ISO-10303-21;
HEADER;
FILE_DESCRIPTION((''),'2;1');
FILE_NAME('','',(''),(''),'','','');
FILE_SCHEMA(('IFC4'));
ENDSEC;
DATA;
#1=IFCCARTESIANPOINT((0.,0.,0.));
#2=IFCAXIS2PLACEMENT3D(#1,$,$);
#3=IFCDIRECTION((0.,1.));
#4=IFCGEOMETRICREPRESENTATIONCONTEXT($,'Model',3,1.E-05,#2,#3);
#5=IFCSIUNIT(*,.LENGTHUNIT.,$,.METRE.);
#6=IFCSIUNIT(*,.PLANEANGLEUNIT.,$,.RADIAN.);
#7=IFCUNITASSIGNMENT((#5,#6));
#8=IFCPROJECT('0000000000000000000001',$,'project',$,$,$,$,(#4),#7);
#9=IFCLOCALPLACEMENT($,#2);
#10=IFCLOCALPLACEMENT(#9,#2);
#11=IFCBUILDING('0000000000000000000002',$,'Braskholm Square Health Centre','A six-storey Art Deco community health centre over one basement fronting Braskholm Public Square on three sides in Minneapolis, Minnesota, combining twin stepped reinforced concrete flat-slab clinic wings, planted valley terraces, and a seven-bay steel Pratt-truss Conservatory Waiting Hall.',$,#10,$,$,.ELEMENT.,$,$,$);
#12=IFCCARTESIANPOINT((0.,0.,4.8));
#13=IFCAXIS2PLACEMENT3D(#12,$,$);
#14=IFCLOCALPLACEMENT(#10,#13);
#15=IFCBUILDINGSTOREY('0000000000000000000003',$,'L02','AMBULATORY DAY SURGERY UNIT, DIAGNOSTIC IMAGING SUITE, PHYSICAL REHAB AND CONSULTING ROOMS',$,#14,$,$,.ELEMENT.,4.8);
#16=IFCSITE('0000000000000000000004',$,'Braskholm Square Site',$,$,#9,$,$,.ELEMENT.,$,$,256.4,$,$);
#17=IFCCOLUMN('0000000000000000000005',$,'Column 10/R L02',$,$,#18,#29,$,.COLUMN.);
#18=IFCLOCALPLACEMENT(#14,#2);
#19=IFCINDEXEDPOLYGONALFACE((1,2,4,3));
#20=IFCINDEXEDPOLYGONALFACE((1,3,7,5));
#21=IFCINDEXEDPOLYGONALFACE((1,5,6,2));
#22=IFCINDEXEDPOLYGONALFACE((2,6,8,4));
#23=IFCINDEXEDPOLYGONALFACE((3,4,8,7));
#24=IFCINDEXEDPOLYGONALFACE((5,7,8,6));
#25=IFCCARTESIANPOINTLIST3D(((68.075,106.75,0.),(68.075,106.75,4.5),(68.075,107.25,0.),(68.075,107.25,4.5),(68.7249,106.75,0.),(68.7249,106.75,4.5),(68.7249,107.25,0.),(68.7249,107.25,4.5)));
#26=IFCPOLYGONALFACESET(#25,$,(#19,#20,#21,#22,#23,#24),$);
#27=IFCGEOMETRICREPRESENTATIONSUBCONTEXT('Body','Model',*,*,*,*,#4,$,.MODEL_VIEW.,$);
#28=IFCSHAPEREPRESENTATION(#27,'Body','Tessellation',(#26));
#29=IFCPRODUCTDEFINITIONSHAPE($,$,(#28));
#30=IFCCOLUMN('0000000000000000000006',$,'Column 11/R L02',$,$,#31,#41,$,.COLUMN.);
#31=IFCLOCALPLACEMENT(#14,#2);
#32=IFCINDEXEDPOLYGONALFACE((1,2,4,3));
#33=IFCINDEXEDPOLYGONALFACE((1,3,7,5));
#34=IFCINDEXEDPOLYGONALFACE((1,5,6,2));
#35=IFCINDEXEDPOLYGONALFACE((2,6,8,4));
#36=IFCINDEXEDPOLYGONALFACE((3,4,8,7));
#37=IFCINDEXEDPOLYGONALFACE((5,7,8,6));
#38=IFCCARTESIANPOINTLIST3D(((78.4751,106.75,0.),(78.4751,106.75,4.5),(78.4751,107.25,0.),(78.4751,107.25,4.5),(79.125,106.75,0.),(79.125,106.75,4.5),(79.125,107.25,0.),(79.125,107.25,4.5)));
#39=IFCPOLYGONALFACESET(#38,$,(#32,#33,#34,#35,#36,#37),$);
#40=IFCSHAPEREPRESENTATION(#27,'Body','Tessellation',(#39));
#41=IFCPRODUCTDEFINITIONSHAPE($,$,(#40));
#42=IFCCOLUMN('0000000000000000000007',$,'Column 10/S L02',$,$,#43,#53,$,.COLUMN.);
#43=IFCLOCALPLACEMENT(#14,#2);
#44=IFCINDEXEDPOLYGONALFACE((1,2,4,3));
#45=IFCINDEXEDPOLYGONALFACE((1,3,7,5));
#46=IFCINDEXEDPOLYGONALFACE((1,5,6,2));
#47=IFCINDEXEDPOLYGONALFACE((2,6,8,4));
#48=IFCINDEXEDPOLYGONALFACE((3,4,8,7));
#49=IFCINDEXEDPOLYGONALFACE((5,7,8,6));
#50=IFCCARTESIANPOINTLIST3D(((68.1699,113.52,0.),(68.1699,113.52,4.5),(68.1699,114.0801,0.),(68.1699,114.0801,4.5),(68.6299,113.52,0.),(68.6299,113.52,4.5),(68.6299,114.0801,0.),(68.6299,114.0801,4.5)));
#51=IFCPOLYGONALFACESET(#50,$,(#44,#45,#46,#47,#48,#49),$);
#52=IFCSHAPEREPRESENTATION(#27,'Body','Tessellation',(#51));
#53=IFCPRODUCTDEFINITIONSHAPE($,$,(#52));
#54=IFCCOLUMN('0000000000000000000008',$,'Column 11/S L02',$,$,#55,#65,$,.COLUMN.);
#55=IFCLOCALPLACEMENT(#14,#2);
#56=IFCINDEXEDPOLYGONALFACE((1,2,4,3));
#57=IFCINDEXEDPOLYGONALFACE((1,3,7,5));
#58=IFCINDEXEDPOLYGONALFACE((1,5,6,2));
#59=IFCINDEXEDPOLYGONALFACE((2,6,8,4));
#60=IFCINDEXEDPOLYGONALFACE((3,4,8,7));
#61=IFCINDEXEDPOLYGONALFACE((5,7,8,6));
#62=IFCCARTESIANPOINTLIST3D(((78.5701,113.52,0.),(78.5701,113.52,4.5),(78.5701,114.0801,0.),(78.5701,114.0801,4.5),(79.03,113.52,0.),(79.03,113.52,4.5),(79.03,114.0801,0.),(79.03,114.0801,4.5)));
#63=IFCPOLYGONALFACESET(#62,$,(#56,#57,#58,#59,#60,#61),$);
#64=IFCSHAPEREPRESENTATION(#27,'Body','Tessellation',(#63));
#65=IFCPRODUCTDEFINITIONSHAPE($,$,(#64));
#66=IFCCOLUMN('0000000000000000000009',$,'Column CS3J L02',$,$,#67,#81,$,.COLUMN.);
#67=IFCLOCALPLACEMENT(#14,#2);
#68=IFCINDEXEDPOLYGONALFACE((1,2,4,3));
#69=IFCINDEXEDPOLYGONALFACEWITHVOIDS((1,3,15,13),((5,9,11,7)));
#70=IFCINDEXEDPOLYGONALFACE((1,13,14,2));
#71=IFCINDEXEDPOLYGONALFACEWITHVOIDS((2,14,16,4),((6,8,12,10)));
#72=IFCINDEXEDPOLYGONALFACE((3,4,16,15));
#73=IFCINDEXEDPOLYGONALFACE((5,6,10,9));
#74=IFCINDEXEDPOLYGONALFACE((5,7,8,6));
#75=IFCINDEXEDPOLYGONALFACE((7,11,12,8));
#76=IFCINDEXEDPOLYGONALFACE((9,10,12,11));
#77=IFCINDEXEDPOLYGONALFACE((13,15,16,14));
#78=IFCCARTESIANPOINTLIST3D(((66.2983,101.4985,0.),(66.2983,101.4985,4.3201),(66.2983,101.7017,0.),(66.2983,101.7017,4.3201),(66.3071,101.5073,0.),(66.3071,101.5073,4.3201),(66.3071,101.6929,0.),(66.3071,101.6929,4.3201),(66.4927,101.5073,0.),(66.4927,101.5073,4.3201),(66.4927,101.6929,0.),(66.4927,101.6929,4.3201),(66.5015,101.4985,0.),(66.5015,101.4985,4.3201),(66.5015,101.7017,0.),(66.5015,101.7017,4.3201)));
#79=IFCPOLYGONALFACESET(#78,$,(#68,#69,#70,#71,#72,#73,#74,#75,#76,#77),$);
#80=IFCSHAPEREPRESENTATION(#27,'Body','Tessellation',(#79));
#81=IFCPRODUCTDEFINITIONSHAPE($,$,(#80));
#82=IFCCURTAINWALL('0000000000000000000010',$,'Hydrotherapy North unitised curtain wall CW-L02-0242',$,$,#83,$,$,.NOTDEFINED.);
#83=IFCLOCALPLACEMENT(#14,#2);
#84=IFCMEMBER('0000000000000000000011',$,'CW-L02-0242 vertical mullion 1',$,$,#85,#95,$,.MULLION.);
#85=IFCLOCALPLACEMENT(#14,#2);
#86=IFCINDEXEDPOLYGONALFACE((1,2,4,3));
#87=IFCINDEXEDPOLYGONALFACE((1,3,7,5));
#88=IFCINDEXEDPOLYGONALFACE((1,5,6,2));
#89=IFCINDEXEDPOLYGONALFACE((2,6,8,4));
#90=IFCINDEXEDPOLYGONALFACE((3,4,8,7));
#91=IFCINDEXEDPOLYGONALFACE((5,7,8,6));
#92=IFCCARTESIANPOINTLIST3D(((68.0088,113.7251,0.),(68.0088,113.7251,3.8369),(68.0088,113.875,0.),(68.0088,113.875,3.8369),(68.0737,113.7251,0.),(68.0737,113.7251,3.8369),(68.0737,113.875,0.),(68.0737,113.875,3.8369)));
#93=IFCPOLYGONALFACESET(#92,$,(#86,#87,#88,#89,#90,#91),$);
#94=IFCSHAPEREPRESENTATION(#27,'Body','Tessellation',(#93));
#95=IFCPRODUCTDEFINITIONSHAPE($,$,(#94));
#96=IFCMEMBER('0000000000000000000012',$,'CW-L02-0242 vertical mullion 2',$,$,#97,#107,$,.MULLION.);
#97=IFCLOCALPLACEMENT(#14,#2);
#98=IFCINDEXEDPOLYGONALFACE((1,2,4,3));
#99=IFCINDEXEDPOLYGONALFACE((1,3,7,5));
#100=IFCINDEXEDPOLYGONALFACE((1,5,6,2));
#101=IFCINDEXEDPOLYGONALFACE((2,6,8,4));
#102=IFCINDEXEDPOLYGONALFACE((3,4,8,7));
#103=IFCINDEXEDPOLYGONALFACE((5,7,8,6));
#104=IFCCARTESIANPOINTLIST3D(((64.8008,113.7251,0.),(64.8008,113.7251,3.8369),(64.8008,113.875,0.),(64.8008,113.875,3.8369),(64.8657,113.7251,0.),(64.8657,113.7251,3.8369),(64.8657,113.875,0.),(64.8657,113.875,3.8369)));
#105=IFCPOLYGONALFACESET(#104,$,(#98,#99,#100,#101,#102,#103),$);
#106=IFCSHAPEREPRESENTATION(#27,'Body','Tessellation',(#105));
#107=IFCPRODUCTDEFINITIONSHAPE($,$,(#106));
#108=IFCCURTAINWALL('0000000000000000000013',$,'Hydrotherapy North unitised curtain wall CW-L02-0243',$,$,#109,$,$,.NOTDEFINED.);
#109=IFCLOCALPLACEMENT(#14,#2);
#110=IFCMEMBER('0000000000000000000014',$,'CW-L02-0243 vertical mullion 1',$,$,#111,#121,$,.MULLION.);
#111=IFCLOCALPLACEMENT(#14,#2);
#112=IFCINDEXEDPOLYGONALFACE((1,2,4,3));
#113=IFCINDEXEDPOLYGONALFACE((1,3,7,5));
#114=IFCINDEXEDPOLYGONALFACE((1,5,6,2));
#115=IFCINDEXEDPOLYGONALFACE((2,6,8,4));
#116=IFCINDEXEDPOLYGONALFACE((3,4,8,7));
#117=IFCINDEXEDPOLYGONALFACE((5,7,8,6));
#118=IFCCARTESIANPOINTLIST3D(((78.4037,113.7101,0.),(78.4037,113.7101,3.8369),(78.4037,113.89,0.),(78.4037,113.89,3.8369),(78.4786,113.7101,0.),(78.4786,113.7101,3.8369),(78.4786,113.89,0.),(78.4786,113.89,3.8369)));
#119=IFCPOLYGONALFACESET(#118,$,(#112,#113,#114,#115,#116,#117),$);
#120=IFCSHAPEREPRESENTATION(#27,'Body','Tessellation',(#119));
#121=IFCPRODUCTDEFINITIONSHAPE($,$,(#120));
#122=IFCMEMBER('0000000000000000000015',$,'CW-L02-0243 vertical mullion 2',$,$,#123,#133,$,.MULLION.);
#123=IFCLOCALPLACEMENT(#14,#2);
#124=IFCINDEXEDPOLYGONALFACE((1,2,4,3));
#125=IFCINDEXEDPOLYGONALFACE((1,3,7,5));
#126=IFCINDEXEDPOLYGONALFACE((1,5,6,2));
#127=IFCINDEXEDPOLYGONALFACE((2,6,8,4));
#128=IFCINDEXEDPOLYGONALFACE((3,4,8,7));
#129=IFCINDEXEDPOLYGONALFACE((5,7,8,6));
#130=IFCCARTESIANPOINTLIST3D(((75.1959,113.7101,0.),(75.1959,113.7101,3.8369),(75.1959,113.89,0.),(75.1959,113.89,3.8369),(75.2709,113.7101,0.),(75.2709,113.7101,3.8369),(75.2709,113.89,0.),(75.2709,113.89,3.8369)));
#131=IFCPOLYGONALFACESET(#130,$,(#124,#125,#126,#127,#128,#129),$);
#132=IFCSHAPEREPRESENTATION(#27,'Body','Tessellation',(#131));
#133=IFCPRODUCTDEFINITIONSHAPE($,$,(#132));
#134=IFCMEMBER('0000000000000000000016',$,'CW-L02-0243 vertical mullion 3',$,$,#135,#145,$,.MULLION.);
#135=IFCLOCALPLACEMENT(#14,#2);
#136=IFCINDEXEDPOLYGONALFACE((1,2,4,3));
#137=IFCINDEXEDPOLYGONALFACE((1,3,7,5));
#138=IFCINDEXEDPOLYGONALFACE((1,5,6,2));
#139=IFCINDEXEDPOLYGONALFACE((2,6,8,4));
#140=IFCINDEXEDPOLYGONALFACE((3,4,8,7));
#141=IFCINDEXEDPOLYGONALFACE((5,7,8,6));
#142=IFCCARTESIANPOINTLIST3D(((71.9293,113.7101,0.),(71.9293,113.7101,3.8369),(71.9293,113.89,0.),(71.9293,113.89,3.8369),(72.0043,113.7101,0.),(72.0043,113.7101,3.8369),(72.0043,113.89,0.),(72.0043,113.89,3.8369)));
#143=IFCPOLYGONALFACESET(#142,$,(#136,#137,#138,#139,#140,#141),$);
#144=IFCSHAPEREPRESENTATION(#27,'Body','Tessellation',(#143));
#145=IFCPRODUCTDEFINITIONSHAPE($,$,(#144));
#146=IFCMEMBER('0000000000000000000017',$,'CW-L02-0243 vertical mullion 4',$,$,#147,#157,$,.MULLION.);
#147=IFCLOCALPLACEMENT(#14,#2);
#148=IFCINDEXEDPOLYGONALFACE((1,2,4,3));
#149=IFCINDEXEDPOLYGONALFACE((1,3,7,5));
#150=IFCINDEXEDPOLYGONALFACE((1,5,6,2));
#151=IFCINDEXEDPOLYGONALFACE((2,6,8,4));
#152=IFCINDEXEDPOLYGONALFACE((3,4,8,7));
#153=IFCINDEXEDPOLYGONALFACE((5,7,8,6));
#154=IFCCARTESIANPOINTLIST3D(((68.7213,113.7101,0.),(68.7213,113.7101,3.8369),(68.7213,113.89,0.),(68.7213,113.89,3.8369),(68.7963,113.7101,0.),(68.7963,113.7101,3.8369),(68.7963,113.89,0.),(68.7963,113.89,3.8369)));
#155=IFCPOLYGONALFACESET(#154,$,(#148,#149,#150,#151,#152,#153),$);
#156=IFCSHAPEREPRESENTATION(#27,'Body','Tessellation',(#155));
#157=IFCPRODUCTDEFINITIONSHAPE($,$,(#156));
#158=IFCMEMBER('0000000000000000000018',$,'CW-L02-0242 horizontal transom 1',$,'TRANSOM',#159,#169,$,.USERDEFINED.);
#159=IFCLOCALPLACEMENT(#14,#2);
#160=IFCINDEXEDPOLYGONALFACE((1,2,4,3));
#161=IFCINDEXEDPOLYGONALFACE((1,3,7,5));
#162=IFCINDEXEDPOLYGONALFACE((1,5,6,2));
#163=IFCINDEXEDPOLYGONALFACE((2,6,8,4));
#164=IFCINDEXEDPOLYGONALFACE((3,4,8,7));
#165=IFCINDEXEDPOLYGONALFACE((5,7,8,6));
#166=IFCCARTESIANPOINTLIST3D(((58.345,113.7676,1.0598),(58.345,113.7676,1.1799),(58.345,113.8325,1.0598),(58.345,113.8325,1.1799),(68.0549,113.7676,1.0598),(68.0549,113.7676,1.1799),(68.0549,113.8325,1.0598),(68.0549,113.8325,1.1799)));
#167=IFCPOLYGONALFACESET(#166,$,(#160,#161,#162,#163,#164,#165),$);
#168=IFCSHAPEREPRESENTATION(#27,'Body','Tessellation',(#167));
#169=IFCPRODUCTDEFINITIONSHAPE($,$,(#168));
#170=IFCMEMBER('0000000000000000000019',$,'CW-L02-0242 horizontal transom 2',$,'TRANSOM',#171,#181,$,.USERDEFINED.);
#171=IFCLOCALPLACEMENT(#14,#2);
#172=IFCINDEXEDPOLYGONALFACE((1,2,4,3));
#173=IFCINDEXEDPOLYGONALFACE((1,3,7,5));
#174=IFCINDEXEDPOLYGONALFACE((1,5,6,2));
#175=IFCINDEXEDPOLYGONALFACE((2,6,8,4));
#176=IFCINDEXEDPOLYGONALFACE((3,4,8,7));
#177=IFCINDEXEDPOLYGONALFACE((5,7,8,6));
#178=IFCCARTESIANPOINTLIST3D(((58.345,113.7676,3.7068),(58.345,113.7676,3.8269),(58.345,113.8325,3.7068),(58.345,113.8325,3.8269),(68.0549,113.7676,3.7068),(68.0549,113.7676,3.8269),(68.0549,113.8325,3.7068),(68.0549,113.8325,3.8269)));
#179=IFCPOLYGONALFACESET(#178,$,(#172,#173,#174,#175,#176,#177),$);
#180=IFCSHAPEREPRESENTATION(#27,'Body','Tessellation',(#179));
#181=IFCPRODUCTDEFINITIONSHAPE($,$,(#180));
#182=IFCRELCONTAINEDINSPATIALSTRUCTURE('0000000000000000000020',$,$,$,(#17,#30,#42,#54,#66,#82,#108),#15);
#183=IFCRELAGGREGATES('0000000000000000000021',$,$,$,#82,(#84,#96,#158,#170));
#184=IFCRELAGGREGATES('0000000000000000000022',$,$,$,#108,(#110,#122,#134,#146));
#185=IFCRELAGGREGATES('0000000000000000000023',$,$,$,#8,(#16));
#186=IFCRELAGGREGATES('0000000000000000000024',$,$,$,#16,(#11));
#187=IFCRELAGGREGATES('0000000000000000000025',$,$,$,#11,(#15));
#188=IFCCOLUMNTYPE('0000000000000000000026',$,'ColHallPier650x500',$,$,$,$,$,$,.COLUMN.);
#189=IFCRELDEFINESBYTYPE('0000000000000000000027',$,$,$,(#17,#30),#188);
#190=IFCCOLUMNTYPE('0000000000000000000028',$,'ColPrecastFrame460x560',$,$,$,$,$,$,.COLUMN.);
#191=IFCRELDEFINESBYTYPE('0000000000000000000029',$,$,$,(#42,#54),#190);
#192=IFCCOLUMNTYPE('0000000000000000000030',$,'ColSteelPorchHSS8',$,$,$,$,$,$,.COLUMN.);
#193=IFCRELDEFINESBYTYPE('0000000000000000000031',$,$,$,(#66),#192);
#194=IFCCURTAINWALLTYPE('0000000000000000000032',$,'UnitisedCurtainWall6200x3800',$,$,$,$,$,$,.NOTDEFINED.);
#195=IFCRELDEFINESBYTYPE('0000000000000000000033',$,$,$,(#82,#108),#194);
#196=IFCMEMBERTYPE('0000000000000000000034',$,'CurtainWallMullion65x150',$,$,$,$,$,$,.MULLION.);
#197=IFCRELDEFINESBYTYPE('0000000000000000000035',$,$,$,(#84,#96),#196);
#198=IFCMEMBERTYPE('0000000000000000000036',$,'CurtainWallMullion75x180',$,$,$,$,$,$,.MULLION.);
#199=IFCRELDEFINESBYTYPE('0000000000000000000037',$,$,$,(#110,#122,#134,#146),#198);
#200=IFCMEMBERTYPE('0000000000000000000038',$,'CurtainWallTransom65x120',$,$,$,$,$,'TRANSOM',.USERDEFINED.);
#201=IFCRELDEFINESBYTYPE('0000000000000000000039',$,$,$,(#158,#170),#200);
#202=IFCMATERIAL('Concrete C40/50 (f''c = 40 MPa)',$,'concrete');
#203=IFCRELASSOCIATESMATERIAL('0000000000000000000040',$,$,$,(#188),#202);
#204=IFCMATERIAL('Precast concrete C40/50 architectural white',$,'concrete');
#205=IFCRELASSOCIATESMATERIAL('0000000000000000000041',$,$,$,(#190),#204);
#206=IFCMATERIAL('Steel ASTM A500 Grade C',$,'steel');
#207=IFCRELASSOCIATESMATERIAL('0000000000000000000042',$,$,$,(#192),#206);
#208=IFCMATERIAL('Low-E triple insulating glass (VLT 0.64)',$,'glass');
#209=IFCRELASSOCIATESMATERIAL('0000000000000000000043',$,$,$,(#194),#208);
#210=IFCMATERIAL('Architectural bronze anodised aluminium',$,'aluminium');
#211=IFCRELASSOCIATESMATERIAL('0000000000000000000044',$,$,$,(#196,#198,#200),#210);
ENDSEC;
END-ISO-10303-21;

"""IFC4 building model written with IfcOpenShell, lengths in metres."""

from ifc_helpers import new_model, si_unit, direction, frame, origin, origin_2d, place, context, subcontext, project, spatial, rectangle, hollow_rectangle, extrude, material, material_profile, profile_set, type_object, element, aggregate, save


model = new_model("IFC4")

# Units and contexts
model_context = context("Model", 3, precision=1e-05, world=origin(), true_north=direction((0.0, 1.0)))
body_context = subcontext(model_context, "Body", "Model", "MODEL_VIEW")
ifc_project = project(units=[si_unit("LENGTHUNIT", "METRE"), si_unit("PLANEANGLEUNIT", "RADIAN")], contexts=[model_context])

# Site, building, storey
site_placement = place(None, origin())
site = spatial("IfcSite", under=ifc_project, at=site_placement, Name="Braskholm Square Site", CompositionType="ELEMENT", RefElevation=256.4)
building_placement = place(site_placement, origin())
building = spatial("IfcBuilding", under=site, at=building_placement, Name="Braskholm Square Health Centre", Description="A six-storey Art Deco community health centre over one basement fronting Braskholm Public Square on three sides in Minneapolis, Minnesota, combining twin stepped reinforced concrete flat-slab clinic wings, planted valley terraces, and a seven-bay steel Pratt-truss Conservatory Waiting Hall.", CompositionType="ELEMENT")
storey_placement = place(building_placement, frame((0.0, 0.0, 4.8)))
storey = spatial("IfcBuildingStorey", under=building, at=storey_placement, Name="L02", Description="AMBULATORY DAY SURGERY UNIT, DIAGNOSTIC IMAGING SUITE, PHYSICAL REHAB AND CONSULTING ROOMS", CompositionType="ELEMENT", Elevation=4.8)

# Columns
ifc_material_1 = material(Name="Concrete C40/50 (f'c = 40 MPa)", Category="concrete")
ifc_material_profile_1 = material_profile(ifc_material_1, rectangle(XDim=0.6499, YDim=0.5, at=origin_2d()), Name="RC-650X500")
ifc_profile_set_1 = profile_set([ifc_material_profile_1], Name="Concrete C40/50 (f'c = 40 MPa)")
column_type_1 = type_object("IfcColumnType", Name="ColHallPier650x500", PredefinedType="COLUMN", material=ifc_profile_set_1)
for number, where, z_axis, x_axis, name in (
    (1, (68.3999, 107.0, 0.0), (0.0, 0.0, 1.0), (1.0, 0.0, 0.0), "Column 10/R L02"),
    (2, (78.8, 107.0, 0.0), (0.0, 0.0, 1.0), (1.0, 0.0, 0.0), "Column 11/R L02"),
):
    element("IfcColumn", number, at=place(storey_placement, frame(where, z_axis=z_axis, x_axis=x_axis)), inside=storey, type_object=column_type_1, Name=name, PredefinedType="COLUMN", context=body_context, shape_type="SweptSolid", body=[
        extrude(rectangle(XDim=0.6499, YDim=0.5, at=origin_2d()), origin(), (0.0, 0.0, 1.0), 4.5),
    ])
ifc_material_2 = material(Name="Precast concrete C40/50 architectural white", Category="concrete")
ifc_material_profile_2 = material_profile(ifc_material_2, rectangle(XDim=0.46, YDim=0.5601, at=origin_2d()), Name="RC-460X560")
ifc_profile_set_2 = profile_set([ifc_material_profile_2], Name="Precast concrete C40/50 architectural white")
column_type_2 = type_object("IfcColumnType", Name="ColPrecastFrame460x560", PredefinedType="COLUMN", material=ifc_profile_set_2)
for number, where, z_axis, x_axis, name in (
    (3, (68.3999, 113.8, 0.0), (0.0, 0.0, 1.0), (1.0, 0.0, 0.0), "Column 10/S L02"),
    (4, (78.8, 113.8, 0.0), (0.0, 0.0, 1.0), (1.0, 0.0, 0.0), "Column 11/S L02"),
):
    element("IfcColumn", number, at=place(storey_placement, frame(where, z_axis=z_axis, x_axis=x_axis)), inside=storey, type_object=column_type_2, Name=name, PredefinedType="COLUMN", context=body_context, shape_type="SweptSolid", body=[
        extrude(rectangle(XDim=0.46, YDim=0.5601, at=origin_2d()), origin(), (0.0, 0.0, 1.0), 4.5),
    ])
ifc_material_3 = material(Name="Steel ASTM A500 Grade C", Category="steel")
ifc_material_profile_3 = material_profile(ifc_material_3, hollow_rectangle(XDim=0.2031, YDim=0.2031, WallThickness=0.0088, at=origin_2d()), Name="HSS8X8X3/8")
ifc_profile_set_3 = profile_set([ifc_material_profile_3], Name="Steel ASTM A500 Grade C")
column_type_3 = type_object("IfcColumnType", Name="ColSteelPorchHSS8", PredefinedType="COLUMN", material=ifc_profile_set_3)
column_placement = place(storey_placement, frame((66.3999, 101.6001, 0.0), z_axis=(0.0, 0.0, 1.0), x_axis=(1.0, 0.0, 0.0)))
element("IfcColumn", 5, at=column_placement, inside=storey, type_object=column_type_3, Name="Column CS3J L02", PredefinedType="COLUMN", context=body_context, shape_type="SweptSolid", body=[
    extrude(hollow_rectangle(XDim=0.2031, YDim=0.2031, WallThickness=0.0088, at=origin_2d()), origin(), (0.0, 0.0, 1.0), 4.3201),
])

# Curtain walls, members
ifc_material_4 = material(Name="Low-E triple insulating glass (VLT 0.64)", Category="glass")
curtain_wall_type = type_object("IfcCurtainWallType", Name="UnitisedCurtainWall6200x3800", PredefinedType="NOTDEFINED", material=ifc_material_4)
curtain_wall_1_placement = place(storey_placement, origin())
curtain_wall_1 = element("IfcCurtainWall", 6, at=curtain_wall_1_placement, inside=storey, type_object=curtain_wall_type, Name="Hydrotherapy North unitised curtain wall CW-L02-0242", PredefinedType="NOTDEFINED")
ifc_material_5 = material(Name="Architectural bronze anodised aluminium", Category="aluminium")
ifc_material_profile_4 = material_profile(ifc_material_5, rectangle(XDim=0.0649, YDim=0.1499, at=origin_2d()), Name="ALU-65X150")
ifc_profile_set_4 = profile_set([ifc_material_profile_4], Name="Architectural bronze anodised aluminium")
member_type_1 = type_object("IfcMemberType", Name="CurtainWallMullion65x150", PredefinedType="MULLION", material=ifc_profile_set_4)
member_1_placement = place(storey_placement, frame((68.0413, 113.8, 0.0), z_axis=(0.0, 0.0, 1.0), x_axis=(1.0, 0.0, 0.0)))
member_1 = element("IfcMember", 7, at=member_1_placement, type_object=member_type_1, Name="CW-L02-0242 vertical mullion 1", PredefinedType="MULLION", context=body_context, shape_type="SweptSolid", body=[
    extrude(rectangle(XDim=0.0649, YDim=0.1499, at=origin_2d()), origin(), (0.0, 0.0, 1.0), 3.8369),
])
member_2_placement = place(storey_placement, frame((64.8333, 113.8, 0.0), z_axis=(0.0, 0.0, 1.0), x_axis=(1.0, 0.0, 0.0)))
member_2 = element("IfcMember", 8, at=member_2_placement, type_object=member_type_1, Name="CW-L02-0242 vertical mullion 2", PredefinedType="MULLION", context=body_context, shape_type="SweptSolid", body=[
    extrude(rectangle(XDim=0.0649, YDim=0.1499, at=origin_2d()), origin(), (0.0, 0.0, 1.0), 3.8369),
])
curtain_wall_2_placement = place(storey_placement, origin())
curtain_wall_2 = element("IfcCurtainWall", 9, at=curtain_wall_2_placement, inside=storey, type_object=curtain_wall_type, Name="Hydrotherapy North unitised curtain wall CW-L02-0243", PredefinedType="NOTDEFINED")
ifc_material_profile_5 = material_profile(ifc_material_5, rectangle(XDim=0.075, YDim=0.1799, at=origin_2d()), Name="ALU-75X180")
ifc_profile_set_5 = profile_set([ifc_material_profile_5], Name="Architectural bronze anodised aluminium")
member_type_2 = type_object("IfcMemberType", Name="CurtainWallMullion75x180", PredefinedType="MULLION", material=ifc_profile_set_5)
member_3_placement = place(storey_placement, frame((78.4412, 113.8, 0.0), z_axis=(0.0, 0.0, 1.0), x_axis=(1.0, 0.0, 0.0)))
member_3 = element("IfcMember", 10, at=member_3_placement, type_object=member_type_2, Name="CW-L02-0243 vertical mullion 1", PredefinedType="MULLION", context=body_context, shape_type="SweptSolid", body=[
    extrude(rectangle(XDim=0.075, YDim=0.1799, at=origin_2d()), origin(), (0.0, 0.0, 1.0), 3.8369),
])
member_4_placement = place(storey_placement, frame((75.2334, 113.8, 0.0), z_axis=(0.0, 0.0, 1.0), x_axis=(1.0, 0.0, 0.0)))
member_4 = element("IfcMember", 11, at=member_4_placement, type_object=member_type_2, Name="CW-L02-0243 vertical mullion 2", PredefinedType="MULLION", context=body_context, shape_type="SweptSolid", body=[
    extrude(rectangle(XDim=0.075, YDim=0.1799, at=origin_2d()), origin(), (0.0, 0.0, 1.0), 3.8369),
])
member_5_placement = place(storey_placement, frame((71.9668, 113.8, 0.0), z_axis=(0.0, 0.0, 1.0), x_axis=(1.0, 0.0, 0.0)))
member_5 = element("IfcMember", 12, at=member_5_placement, type_object=member_type_2, Name="CW-L02-0243 vertical mullion 3", PredefinedType="MULLION", context=body_context, shape_type="SweptSolid", body=[
    extrude(rectangle(XDim=0.075, YDim=0.1799, at=origin_2d()), origin(), (0.0, 0.0, 1.0), 3.8369),
])
member_6_placement = place(storey_placement, frame((68.7588, 113.8, 0.0), z_axis=(0.0, 0.0, 1.0), x_axis=(1.0, 0.0, 0.0)))
member_6 = element("IfcMember", 13, at=member_6_placement, type_object=member_type_2, Name="CW-L02-0243 vertical mullion 4", PredefinedType="MULLION", context=body_context, shape_type="SweptSolid", body=[
    extrude(rectangle(XDim=0.075, YDim=0.1799, at=origin_2d()), origin(), (0.0, 0.0, 1.0), 3.8369),
])

# Members
ifc_material_profile_6 = material_profile(ifc_material_5, rectangle(XDim=0.0649, YDim=0.1201, at=origin_2d()), Name="ALU-65X120")
ifc_profile_set_6 = profile_set([ifc_material_profile_6], Name="Architectural bronze anodised aluminium")
member_type_3 = type_object("IfcMemberType", Name="CurtainWallTransom65x120", ElementType="TRANSOM", PredefinedType="USERDEFINED", material=ifc_profile_set_6)
member_7_placement = place(storey_placement, frame((68.0549, 113.8, 1.1199), z_axis=(-1.0, 0.0, 0.0), x_axis=(0.0, -1.0, 0.0)))
member_7 = element("IfcMember", 14, at=member_7_placement, type_object=member_type_3, Name="CW-L02-0242 horizontal transom 1", ObjectType="TRANSOM", PredefinedType="USERDEFINED", context=body_context, shape_type="SweptSolid", body=[
    extrude(rectangle(XDim=0.0649, YDim=0.1201, at=origin_2d()), origin(), (0.0, 0.0, 1.0), 9.71),
])
member_8_placement = place(storey_placement, frame((68.0549, 113.8, 3.7668), z_axis=(-1.0, 0.0, 0.0), x_axis=(0.0, -1.0, 0.0)))
member_8 = element("IfcMember", 15, at=member_8_placement, type_object=member_type_3, Name="CW-L02-0242 horizontal transom 2", ObjectType="TRANSOM", PredefinedType="USERDEFINED", context=body_context, shape_type="SweptSolid", body=[
    extrude(rectangle(XDim=0.0649, YDim=0.1201, at=origin_2d()), origin(), (0.0, 0.0, 1.0), 9.71),
])

aggregate(curtain_wall_1, [member_1, member_2, member_7, member_8])
aggregate(curtain_wall_2, [member_3, member_4, member_5, member_6])

save(model, "model.ifc")
